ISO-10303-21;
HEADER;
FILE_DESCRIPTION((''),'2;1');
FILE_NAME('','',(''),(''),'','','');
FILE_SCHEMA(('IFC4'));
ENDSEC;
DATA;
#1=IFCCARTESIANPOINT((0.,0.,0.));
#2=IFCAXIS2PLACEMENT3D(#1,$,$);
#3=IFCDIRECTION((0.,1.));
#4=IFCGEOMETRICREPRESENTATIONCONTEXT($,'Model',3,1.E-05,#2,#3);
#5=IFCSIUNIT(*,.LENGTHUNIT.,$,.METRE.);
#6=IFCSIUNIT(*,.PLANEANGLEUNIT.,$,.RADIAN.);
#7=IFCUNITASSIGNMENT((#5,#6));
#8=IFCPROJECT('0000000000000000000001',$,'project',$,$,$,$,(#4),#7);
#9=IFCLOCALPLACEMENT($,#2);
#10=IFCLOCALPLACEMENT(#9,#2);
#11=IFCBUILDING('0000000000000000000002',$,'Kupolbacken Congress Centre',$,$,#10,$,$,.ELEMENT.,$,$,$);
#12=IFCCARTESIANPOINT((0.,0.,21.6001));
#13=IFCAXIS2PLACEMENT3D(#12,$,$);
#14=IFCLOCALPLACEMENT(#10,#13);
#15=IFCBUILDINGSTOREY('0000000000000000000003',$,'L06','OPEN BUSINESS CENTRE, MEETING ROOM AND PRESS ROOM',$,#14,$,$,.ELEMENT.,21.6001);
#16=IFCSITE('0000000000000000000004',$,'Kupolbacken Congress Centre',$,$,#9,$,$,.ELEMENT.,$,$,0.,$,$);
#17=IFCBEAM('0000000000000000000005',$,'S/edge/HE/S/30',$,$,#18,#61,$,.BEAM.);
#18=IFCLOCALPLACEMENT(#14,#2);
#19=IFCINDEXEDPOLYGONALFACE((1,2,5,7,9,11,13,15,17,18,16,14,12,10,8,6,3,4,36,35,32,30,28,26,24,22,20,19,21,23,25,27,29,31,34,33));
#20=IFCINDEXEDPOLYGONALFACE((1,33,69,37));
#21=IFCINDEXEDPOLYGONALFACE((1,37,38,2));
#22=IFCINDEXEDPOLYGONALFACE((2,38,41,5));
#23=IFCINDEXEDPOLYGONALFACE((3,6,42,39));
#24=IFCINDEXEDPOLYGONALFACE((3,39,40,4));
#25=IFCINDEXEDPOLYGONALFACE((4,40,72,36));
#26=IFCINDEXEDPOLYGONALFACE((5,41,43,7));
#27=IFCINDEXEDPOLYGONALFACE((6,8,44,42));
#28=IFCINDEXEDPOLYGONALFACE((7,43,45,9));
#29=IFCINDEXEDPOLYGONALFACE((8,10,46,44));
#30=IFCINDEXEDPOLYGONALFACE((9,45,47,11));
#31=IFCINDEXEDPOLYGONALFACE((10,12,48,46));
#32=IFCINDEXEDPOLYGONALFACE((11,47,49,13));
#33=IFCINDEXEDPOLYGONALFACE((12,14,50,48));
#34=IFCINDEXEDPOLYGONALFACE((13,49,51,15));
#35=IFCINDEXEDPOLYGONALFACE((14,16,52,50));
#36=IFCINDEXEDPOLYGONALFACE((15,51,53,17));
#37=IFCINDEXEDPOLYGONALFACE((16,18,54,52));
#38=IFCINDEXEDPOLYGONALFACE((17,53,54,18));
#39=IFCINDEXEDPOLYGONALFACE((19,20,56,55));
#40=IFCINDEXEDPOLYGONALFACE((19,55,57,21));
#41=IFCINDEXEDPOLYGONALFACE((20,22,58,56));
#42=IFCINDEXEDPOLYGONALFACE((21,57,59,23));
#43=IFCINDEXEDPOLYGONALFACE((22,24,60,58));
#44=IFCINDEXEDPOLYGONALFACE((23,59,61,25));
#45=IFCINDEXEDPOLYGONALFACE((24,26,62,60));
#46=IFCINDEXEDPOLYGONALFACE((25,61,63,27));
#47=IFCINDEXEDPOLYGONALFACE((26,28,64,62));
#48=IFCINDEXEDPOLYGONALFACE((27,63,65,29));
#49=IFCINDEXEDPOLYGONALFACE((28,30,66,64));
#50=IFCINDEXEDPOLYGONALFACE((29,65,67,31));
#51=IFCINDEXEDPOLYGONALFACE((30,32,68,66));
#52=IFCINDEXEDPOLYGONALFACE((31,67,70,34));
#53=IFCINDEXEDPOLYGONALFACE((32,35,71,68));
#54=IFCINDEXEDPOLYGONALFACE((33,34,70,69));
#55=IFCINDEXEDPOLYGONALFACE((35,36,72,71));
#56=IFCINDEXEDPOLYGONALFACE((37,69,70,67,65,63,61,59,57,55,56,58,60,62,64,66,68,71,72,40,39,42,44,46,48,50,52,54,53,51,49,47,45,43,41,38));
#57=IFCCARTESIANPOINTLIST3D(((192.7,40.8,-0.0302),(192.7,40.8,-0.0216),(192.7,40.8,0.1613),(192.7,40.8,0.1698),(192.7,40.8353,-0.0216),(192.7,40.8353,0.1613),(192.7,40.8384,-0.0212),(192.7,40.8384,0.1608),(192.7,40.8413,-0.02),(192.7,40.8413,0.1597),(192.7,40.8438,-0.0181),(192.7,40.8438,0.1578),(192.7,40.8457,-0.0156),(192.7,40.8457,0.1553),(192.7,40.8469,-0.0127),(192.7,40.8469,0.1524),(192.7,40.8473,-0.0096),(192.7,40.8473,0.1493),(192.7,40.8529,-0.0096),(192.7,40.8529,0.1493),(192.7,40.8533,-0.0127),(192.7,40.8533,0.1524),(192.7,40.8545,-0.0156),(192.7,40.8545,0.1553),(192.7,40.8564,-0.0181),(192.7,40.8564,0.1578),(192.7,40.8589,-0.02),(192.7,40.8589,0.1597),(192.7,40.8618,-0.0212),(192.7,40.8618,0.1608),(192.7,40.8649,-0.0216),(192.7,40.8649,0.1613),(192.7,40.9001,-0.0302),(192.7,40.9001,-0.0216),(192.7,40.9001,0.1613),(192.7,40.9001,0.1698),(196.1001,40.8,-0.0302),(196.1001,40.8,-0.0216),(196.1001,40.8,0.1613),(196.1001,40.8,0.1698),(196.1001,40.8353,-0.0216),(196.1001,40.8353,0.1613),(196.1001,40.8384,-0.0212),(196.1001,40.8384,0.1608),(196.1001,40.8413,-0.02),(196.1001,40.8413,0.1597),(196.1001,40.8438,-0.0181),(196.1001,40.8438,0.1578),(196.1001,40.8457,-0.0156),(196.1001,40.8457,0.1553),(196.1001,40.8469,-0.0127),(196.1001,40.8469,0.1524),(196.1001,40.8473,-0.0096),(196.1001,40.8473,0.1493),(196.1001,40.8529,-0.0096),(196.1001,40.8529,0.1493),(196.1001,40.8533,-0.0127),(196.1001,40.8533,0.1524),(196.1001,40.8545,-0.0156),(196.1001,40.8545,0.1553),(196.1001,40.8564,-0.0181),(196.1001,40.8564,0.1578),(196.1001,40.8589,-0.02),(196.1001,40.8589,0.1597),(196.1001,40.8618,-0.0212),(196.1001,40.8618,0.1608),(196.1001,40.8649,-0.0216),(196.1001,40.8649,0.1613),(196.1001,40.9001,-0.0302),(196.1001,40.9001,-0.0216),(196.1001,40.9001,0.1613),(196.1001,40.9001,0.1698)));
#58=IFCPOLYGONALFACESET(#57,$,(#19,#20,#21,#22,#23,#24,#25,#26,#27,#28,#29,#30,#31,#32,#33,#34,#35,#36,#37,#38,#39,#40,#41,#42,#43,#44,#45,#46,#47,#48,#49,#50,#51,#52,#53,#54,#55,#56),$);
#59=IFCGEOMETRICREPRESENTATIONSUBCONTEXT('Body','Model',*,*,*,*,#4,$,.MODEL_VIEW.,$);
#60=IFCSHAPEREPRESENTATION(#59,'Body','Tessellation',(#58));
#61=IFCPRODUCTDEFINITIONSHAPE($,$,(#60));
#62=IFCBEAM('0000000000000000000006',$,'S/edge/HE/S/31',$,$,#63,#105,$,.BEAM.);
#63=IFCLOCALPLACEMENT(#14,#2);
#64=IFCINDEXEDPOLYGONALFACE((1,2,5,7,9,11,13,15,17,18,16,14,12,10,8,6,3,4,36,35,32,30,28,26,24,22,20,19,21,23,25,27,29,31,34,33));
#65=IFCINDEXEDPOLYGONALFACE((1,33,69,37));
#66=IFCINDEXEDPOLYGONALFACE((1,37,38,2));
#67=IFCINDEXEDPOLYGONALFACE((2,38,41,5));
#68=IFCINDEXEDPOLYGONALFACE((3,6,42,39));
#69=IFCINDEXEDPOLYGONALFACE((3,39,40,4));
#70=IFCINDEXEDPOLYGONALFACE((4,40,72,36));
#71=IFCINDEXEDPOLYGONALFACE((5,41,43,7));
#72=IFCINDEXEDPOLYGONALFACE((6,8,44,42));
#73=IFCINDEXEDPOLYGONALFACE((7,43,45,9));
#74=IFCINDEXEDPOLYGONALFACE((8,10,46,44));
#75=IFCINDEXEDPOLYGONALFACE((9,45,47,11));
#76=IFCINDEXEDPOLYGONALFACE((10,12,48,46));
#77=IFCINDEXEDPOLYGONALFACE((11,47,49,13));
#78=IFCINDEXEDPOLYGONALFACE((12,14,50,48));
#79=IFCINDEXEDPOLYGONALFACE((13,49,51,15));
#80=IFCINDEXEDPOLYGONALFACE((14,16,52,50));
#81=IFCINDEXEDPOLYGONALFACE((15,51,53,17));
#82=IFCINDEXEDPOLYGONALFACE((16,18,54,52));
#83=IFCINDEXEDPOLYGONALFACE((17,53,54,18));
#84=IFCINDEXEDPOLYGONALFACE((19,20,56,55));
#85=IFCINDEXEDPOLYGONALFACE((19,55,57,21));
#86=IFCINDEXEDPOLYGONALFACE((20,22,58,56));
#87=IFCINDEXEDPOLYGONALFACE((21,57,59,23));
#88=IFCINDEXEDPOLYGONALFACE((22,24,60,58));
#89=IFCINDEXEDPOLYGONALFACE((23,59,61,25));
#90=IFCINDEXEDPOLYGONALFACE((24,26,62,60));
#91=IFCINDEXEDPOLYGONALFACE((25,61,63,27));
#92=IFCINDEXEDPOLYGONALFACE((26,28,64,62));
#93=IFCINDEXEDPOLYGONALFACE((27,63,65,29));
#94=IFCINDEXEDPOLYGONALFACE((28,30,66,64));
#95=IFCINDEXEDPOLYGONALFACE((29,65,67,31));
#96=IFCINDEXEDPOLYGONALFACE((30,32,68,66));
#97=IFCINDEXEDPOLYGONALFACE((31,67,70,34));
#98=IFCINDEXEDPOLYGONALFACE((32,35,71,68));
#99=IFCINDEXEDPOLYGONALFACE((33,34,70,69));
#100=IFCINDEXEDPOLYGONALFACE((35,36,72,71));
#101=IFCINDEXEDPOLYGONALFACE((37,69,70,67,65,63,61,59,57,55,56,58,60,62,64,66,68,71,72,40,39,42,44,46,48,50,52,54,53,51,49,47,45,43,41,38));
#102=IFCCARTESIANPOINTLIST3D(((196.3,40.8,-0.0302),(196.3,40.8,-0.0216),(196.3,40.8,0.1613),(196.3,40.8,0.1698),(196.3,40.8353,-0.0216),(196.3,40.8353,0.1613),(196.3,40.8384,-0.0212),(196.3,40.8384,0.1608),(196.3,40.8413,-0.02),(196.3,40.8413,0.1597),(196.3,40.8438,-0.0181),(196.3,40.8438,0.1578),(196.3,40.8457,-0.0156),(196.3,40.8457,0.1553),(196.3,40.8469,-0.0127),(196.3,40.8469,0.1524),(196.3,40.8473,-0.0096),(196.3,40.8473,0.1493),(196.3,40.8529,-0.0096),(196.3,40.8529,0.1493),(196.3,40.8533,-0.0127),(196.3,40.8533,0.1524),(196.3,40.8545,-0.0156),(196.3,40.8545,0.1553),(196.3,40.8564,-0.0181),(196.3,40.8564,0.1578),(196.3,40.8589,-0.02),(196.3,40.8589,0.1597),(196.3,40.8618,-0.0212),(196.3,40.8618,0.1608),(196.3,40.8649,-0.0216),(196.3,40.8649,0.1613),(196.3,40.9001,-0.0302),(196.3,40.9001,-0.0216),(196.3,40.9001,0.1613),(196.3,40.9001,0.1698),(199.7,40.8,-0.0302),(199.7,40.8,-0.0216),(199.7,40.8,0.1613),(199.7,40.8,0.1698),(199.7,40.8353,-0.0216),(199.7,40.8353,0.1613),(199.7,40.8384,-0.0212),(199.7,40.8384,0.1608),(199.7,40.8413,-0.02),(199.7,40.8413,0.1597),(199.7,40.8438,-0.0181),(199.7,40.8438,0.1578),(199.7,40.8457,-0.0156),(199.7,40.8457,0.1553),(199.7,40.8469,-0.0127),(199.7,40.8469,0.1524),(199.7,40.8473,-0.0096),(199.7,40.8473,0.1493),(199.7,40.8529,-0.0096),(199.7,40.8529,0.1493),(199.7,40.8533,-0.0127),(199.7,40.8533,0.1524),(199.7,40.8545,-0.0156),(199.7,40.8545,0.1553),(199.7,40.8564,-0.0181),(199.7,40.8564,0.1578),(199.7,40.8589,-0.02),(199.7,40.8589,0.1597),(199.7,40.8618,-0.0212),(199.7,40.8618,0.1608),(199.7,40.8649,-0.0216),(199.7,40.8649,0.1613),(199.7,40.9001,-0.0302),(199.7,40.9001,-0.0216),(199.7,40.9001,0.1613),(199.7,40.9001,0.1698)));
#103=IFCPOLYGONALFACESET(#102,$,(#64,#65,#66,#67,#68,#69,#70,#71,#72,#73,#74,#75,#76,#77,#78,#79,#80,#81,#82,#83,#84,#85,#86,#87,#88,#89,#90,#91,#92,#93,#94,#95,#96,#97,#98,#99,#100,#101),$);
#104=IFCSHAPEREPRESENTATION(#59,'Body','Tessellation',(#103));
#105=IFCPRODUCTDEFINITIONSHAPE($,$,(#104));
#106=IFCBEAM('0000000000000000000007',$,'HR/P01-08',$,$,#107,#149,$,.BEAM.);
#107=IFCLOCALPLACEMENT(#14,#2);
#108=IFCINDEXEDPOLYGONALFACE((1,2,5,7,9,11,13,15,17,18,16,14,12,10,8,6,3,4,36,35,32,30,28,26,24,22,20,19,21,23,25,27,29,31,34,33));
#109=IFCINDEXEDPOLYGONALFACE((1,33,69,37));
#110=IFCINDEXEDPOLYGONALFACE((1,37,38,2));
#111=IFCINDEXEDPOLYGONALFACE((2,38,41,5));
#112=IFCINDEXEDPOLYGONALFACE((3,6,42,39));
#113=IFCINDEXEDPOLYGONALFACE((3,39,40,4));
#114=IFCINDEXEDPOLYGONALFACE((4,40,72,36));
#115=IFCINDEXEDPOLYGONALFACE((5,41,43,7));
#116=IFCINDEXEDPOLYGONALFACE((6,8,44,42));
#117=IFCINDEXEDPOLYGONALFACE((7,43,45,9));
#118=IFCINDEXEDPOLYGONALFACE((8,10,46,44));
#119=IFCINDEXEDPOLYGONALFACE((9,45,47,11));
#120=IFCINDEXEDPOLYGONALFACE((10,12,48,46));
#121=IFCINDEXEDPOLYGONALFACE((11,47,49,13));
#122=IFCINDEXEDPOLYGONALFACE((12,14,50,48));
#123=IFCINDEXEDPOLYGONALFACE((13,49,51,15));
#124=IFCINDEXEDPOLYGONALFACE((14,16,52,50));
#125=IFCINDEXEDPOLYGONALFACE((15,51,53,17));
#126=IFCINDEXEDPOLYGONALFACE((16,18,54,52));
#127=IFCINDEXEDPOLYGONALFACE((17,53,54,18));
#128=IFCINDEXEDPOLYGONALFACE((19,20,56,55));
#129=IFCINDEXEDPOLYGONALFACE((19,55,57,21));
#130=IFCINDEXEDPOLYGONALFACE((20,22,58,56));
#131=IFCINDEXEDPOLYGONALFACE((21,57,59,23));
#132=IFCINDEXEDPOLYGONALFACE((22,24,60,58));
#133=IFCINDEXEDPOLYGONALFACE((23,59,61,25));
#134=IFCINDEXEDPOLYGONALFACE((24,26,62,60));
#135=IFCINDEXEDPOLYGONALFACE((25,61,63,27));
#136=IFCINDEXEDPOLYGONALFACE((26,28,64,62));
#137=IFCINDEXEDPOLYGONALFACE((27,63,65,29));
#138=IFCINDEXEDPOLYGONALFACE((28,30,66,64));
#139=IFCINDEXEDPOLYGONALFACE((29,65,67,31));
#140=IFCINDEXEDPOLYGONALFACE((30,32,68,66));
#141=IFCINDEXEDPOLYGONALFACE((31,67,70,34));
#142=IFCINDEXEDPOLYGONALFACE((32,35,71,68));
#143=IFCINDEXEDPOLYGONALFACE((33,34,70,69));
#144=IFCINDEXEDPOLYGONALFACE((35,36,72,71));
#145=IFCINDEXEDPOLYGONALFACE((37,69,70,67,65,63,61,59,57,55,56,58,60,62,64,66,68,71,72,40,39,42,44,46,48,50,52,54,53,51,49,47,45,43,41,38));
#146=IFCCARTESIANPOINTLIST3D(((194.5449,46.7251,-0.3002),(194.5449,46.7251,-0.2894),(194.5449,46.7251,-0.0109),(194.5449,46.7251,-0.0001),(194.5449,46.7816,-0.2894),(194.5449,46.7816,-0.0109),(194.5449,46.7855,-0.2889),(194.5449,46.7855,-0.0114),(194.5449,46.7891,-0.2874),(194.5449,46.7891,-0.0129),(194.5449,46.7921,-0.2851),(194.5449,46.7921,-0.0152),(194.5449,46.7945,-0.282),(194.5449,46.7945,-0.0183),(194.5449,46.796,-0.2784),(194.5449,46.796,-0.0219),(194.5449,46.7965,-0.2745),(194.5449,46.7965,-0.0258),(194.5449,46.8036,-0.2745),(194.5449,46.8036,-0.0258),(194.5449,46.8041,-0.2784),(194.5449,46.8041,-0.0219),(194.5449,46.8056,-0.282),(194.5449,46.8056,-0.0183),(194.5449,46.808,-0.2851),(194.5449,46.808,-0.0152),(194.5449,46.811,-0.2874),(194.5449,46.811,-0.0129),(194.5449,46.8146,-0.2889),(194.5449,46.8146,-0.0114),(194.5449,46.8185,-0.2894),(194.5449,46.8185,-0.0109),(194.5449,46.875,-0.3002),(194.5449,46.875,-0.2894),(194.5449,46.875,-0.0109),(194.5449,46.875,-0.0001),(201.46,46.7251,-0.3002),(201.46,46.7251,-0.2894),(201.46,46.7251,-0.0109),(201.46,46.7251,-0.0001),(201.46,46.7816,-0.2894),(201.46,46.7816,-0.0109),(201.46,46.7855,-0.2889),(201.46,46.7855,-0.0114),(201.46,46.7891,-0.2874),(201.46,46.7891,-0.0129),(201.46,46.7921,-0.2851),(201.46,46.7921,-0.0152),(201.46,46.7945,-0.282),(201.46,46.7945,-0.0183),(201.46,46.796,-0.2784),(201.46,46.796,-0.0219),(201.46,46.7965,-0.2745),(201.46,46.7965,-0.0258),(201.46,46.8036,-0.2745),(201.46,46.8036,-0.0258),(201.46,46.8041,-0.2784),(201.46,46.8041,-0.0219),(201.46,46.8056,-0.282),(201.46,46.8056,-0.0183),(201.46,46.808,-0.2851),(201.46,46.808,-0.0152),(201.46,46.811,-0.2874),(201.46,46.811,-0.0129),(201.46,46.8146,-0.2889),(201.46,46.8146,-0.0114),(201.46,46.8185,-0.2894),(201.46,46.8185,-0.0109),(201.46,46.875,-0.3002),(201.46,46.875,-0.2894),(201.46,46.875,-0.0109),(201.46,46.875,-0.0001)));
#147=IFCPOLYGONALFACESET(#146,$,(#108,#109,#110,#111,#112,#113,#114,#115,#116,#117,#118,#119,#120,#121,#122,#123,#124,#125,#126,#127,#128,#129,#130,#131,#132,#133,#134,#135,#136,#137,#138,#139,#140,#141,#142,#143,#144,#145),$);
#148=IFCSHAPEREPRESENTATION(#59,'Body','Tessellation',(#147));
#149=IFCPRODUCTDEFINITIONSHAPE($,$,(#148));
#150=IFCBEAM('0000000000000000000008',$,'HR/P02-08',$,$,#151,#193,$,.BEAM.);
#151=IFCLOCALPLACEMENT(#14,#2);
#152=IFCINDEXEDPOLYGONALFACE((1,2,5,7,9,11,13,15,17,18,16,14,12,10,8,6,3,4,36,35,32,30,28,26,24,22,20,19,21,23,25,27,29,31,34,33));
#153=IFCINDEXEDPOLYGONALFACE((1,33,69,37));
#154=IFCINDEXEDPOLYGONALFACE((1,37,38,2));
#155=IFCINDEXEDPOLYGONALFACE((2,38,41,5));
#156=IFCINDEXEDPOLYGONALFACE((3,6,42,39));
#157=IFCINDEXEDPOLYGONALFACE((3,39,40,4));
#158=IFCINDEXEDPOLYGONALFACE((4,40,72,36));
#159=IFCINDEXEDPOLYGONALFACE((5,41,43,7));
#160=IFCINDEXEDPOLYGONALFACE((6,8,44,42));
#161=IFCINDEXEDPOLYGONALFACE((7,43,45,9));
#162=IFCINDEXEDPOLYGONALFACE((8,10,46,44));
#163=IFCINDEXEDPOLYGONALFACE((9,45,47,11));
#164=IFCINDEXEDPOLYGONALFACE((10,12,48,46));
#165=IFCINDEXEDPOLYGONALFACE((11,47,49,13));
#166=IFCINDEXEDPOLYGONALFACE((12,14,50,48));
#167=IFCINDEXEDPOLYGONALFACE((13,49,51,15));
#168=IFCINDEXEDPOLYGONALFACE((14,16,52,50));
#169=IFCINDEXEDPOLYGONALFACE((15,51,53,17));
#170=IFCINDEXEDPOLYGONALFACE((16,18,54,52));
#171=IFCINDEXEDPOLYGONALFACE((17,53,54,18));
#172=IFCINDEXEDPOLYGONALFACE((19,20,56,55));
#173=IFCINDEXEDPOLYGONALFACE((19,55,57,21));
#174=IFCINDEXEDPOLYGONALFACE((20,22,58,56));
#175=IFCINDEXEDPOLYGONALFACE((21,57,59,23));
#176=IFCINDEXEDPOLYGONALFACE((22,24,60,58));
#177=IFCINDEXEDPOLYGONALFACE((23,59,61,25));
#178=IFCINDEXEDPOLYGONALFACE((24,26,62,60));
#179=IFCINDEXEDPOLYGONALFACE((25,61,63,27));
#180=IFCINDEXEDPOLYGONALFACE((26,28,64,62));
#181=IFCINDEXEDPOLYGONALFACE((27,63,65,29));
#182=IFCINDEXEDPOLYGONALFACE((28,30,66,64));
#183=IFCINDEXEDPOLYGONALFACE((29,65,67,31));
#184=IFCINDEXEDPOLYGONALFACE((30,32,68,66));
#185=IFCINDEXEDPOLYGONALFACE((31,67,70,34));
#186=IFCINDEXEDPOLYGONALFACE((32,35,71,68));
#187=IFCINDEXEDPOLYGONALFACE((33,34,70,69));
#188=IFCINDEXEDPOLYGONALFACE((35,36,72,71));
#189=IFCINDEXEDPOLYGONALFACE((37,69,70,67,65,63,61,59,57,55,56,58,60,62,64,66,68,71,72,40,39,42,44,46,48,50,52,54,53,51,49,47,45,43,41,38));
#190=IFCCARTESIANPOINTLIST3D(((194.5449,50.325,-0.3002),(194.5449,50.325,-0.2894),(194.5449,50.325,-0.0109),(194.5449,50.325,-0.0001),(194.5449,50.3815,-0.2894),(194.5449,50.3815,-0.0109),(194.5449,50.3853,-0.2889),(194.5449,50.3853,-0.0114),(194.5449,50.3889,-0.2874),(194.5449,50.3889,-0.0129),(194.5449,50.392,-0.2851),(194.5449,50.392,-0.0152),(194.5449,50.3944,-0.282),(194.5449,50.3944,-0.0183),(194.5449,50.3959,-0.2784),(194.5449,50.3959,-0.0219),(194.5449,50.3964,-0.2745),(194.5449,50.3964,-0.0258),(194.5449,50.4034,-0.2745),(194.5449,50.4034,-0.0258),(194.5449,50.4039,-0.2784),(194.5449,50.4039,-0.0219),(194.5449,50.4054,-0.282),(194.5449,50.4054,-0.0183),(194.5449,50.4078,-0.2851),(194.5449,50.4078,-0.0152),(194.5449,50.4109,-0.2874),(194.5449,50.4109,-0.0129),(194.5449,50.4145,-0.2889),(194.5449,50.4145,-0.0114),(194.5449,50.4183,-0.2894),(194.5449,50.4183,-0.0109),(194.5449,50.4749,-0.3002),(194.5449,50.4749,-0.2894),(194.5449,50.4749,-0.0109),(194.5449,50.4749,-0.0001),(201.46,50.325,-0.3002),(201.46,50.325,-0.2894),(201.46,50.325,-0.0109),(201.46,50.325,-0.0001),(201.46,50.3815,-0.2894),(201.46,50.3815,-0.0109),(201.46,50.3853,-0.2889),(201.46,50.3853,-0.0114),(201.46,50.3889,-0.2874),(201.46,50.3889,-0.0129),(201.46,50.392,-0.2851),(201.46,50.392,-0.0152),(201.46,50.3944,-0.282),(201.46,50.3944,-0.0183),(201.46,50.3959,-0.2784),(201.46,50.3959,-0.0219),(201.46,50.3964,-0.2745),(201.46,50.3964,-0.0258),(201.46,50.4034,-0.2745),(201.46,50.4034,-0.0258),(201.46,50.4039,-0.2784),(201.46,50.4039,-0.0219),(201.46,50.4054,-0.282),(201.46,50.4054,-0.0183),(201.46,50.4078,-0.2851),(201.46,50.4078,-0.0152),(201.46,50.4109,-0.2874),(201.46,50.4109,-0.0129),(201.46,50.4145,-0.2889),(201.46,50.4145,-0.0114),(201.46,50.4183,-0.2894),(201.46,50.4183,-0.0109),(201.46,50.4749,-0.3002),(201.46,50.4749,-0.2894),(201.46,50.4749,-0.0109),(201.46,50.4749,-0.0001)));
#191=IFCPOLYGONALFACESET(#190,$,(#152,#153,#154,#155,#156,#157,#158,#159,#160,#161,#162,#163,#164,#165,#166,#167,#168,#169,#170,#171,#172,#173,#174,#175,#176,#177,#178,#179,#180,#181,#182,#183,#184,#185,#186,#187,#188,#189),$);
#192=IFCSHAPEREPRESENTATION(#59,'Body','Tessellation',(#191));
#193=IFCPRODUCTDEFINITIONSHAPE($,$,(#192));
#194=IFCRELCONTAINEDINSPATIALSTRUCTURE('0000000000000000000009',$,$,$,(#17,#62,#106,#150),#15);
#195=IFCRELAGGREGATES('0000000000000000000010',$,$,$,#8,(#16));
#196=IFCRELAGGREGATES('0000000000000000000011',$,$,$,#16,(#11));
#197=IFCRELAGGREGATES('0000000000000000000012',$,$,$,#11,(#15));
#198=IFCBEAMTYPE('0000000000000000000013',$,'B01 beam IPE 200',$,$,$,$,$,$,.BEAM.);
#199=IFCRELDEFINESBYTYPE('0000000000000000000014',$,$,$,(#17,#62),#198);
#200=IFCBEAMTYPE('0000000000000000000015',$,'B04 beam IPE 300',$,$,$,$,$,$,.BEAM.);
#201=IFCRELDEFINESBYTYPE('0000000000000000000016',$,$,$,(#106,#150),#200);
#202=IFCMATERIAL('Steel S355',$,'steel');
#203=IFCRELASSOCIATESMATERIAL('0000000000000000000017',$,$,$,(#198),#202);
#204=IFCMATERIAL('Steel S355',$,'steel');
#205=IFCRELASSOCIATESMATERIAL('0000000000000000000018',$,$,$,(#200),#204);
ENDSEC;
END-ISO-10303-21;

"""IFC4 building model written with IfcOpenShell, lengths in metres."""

from ifc_helpers import new_model, si_unit, direction, frame, origin, origin_2d, place, context, subcontext, project, spatial, i_section, extrude, material, material_profile, profile_set, type_object, element, save


model = new_model("IFC4")

# Units and contexts
model_context = context("Model", 3, precision=1e-05, world=origin(), true_north=direction((0.0, 1.0)))
body_context = subcontext(model_context, "Body", "Model", "MODEL_VIEW")
ifc_project = project(units=[si_unit("LENGTHUNIT", "METRE"), si_unit("PLANEANGLEUNIT", "RADIAN")], contexts=[model_context])

# Site, building, storey
site_placement = place(None, origin())
site = spatial("IfcSite", under=ifc_project, at=site_placement, Name="Kupolbacken Congress Centre", CompositionType="ELEMENT", RefElevation=0.0)
building_placement = place(site_placement, origin())
building = spatial("IfcBuilding", under=site, at=building_placement, Name="Kupolbacken Congress Centre", CompositionType="ELEMENT")
storey_placement = place(building_placement, frame((0.0, 0.0, 21.6001)))
storey = spatial("IfcBuildingStorey", under=building, at=storey_placement, Name="L06", Description="OPEN BUSINESS CENTRE, MEETING ROOM AND PRESS ROOM", CompositionType="ELEMENT", Elevation=21.6001)

# Beams
ifc_material_1 = material(Name="Steel S355", Category="steel")
ifc_material_profile_1 = material_profile(ifc_material_1, i_section(OverallWidth=0.1001, OverallDepth=0.2, WebThickness=0.0056, FlangeThickness=0.0085, FilletRadius=0.012, at=origin_2d()), Name="IPE 200")
ifc_profile_set_1 = profile_set([ifc_material_profile_1], Name="Steel S355")
beam_type_1 = type_object("IfcBeamType", Name="B01 beam IPE 200", PredefinedType="BEAM", material=ifc_profile_set_1)
beam_1_placement = place(storey_placement, frame((192.7, 40.8501, 0.0698), z_axis=(1.0, 0.0, 0.0), x_axis=(0.0, 1.0, 0.0)))
element("IfcBeam", 1, at=beam_1_placement, inside=storey, type_object=beam_type_1, Name="S/edge/HE/S/30", PredefinedType="BEAM", context=body_context, shape_type="SweptSolid", body=[
    extrude(i_section(OverallWidth=0.1001, OverallDepth=0.2, WebThickness=0.0056, FlangeThickness=0.0085, FilletRadius=0.012, at=origin_2d()), origin(), (0.0, 0.0, 1.0), 3.4001),
])
beam_2_placement = place(storey_placement, frame((196.3, 40.8501, 0.0698), z_axis=(1.0, 0.0, 0.0), x_axis=(0.0, 1.0, 0.0)))
element("IfcBeam", 2, at=beam_2_placement, inside=storey, type_object=beam_type_1, Name="S/edge/HE/S/31", PredefinedType="BEAM", context=body_context, shape_type="SweptSolid", body=[
    extrude(i_section(OverallWidth=0.1001, OverallDepth=0.2, WebThickness=0.0056, FlangeThickness=0.0085, FilletRadius=0.012, at=origin_2d()), origin(), (0.0, 0.0, 1.0), 3.3999),
])
ifc_material_2 = material(Name="Steel S355", Category="steel")
ifc_material_profile_2 = material_profile(ifc_material_2, i_section(OverallWidth=0.1499, OverallDepth=0.3, WebThickness=0.0071, FlangeThickness=0.0107, FilletRadius=0.0149, at=origin_2d()), Name="IPE 300")
ifc_profile_set_2 = profile_set([ifc_material_profile_2], Name="Steel S355")
beam_type_2 = type_object("IfcBeamType", Name="B04 beam IPE 300", PredefinedType="BEAM", material=ifc_profile_set_2)
for number, where, z_axis, x_axis, name in (
    (3, (194.5449, 46.8, -0.1501), (1.0, 0.0, 0.0), (0.0, 1.0, 0.0), "HR/P01-08"),
    (4, (194.5449, 50.3999, -0.1501), (1.0, 0.0, 0.0), (0.0, 1.0, 0.0), "HR/P02-08"),
):
    element("IfcBeam", number, at=place(storey_placement, frame(where, z_axis=z_axis, x_axis=x_axis)), inside=storey, type_object=beam_type_2, Name=name, PredefinedType="BEAM", context=body_context, shape_type="SweptSolid", body=[
        extrude(i_section(OverallWidth=0.1499, OverallDepth=0.3, WebThickness=0.0071, FlangeThickness=0.0107, FilletRadius=0.0149, at=origin_2d()), origin(), (0.0, 0.0, 1.0), 6.915),
    ])

save(model, "model.ifc")
